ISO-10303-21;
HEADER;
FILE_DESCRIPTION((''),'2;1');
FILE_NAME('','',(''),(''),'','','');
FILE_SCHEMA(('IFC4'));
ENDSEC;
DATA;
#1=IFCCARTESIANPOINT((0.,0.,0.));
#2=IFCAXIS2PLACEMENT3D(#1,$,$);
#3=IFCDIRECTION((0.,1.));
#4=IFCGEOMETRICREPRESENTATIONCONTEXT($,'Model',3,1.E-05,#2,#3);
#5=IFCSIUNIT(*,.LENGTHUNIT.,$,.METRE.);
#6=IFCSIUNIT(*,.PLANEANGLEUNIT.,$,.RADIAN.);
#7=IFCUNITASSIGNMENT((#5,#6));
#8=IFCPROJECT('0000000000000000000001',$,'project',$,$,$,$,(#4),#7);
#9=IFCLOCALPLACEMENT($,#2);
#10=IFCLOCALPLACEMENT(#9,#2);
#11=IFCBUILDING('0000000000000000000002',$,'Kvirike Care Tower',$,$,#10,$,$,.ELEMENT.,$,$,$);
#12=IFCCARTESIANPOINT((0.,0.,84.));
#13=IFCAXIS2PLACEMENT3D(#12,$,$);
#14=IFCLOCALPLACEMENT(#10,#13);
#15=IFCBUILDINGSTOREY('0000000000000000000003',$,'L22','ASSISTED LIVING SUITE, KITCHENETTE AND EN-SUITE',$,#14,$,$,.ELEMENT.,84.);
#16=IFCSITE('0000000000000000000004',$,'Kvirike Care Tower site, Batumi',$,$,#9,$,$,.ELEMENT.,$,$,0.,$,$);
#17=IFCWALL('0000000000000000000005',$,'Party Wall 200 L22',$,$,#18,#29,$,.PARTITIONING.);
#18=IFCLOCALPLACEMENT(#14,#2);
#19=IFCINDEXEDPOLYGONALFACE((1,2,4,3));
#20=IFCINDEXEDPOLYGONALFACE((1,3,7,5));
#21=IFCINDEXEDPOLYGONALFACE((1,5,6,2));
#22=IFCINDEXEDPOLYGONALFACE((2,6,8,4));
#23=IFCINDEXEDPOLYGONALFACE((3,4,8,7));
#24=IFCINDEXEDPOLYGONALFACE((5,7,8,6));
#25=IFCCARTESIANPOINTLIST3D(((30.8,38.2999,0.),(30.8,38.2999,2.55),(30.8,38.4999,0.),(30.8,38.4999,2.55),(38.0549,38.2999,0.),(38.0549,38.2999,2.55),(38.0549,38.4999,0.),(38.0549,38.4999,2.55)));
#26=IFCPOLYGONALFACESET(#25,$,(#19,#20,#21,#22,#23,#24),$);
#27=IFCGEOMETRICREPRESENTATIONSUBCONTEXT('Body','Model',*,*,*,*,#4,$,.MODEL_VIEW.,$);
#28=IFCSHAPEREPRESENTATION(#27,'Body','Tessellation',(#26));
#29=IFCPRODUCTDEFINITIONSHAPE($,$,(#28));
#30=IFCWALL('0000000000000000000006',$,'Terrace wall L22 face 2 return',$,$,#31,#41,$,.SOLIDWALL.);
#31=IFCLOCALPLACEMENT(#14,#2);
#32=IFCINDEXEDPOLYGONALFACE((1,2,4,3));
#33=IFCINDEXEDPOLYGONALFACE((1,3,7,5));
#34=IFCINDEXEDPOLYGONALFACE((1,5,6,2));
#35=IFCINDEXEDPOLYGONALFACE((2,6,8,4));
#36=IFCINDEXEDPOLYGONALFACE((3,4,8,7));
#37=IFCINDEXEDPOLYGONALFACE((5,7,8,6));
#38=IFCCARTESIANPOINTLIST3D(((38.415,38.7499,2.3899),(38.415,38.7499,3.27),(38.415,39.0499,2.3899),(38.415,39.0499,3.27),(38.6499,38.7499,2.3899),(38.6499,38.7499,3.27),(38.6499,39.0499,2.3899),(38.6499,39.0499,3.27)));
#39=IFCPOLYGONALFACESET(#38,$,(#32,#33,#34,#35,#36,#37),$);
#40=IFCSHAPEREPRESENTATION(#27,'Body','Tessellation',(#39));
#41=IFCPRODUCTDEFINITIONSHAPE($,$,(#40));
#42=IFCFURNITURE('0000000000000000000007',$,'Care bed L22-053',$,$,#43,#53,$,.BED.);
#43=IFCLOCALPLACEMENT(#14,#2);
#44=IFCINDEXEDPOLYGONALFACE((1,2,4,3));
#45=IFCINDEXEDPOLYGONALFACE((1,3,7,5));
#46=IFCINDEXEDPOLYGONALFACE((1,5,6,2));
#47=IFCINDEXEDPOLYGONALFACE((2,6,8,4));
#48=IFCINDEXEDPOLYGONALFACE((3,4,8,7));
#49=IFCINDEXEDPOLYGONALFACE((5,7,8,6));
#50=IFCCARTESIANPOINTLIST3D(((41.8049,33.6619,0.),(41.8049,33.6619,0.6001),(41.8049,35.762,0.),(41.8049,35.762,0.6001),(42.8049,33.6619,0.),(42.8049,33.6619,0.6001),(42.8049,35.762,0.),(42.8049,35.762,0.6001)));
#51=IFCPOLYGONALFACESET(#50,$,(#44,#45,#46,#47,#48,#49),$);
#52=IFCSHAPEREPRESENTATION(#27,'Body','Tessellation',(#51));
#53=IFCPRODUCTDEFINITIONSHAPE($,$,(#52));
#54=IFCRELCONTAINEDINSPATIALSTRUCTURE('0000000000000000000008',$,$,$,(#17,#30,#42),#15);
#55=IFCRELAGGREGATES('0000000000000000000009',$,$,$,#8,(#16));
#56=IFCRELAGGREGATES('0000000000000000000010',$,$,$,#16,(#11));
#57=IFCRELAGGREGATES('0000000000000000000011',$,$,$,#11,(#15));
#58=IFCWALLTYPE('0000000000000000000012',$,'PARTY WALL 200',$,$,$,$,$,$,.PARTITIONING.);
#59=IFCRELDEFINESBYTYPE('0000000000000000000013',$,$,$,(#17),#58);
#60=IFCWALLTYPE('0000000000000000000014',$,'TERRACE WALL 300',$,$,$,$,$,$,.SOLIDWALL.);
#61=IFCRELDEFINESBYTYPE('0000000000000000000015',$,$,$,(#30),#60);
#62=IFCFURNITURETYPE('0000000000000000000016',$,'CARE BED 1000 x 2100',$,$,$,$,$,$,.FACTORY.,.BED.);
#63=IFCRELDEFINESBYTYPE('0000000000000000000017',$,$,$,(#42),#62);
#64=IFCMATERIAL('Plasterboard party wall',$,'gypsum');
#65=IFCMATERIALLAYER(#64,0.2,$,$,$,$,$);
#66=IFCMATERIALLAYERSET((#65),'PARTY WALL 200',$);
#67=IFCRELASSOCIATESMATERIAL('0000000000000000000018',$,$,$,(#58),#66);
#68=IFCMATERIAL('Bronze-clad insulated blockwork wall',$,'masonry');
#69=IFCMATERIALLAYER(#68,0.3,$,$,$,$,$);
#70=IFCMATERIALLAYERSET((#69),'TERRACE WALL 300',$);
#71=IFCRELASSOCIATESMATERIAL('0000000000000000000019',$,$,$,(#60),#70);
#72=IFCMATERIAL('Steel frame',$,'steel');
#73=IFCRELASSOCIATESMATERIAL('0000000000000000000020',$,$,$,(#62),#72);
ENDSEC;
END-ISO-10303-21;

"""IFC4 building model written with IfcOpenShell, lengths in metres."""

from ifc_helpers import new_model, si_unit, direction, frame, frame_2d, origin, origin_2d, place, context, subcontext, project, spatial, rectangle, extrude, material, layer, layer_set, type_object, element, save


model = new_model("IFC4")

# Units and contexts
model_context = context("Model", 3, precision=1e-05, world=origin(), true_north=direction((0.0, 1.0)))
body_context = subcontext(model_context, "Body", "Model", "MODEL_VIEW")
ifc_project = project(units=[si_unit("LENGTHUNIT", "METRE"), si_unit("PLANEANGLEUNIT", "RADIAN")], contexts=[model_context])

# Site, building, storey
site_placement = place(None, origin())
site = spatial("IfcSite", under=ifc_project, at=site_placement, Name="Kvirike Care Tower site, Batumi", CompositionType="ELEMENT", RefElevation=0.0)
building_placement = place(site_placement, origin())
building = spatial("IfcBuilding", under=site, at=building_placement, Name="Kvirike Care Tower", CompositionType="ELEMENT")
storey_placement = place(building_placement, frame((0.0, 0.0, 84.0)))
storey = spatial("IfcBuildingStorey", under=building, at=storey_placement, Name="L22", Description="ASSISTED LIVING SUITE, KITCHENETTE AND EN-SUITE", CompositionType="ELEMENT", Elevation=84.0)

# Wall
ifc_material_1 = material(Name="Plasterboard party wall", Category="gypsum")
ifc_layer_1 = layer(ifc_material_1, 0.2)
ifc_layer_set_1 = layer_set([ifc_layer_1], Name="PARTY WALL 200")
wall_type_1 = type_object("IfcWallType", Name="PARTY WALL 200", PredefinedType="PARTITIONING", material=ifc_layer_set_1)
wall_1_placement = place(storey_placement, frame((38.0549, 38.3999, 0.0), z_axis=(0.0, 0.0, 1.0), x_axis=(-1.0, 0.0, 0.0)))
element("IfcWall", 1, at=wall_1_placement, inside=storey, type_object=wall_type_1, Name="Party Wall 200 L22", PredefinedType="PARTITIONING", context=body_context, shape_type="SweptSolid", body=[
    extrude(rectangle(XDim=7.2549, YDim=0.2, at=frame_2d((3.6274, 0.0))), origin(), (0.0, 0.0, 1.0), 2.55),
])

# Shared definitions
ifc_material_2 = material(Name="Bronze-clad insulated blockwork wall", Category="masonry")
ifc_layer_2 = layer(ifc_material_2, 0.3)
ifc_layer_set_2 = layer_set([ifc_layer_2], Name="TERRACE WALL 300")
wall_type_2 = type_object("IfcWallType", Name="TERRACE WALL 300", PredefinedType="SOLIDWALL", material=ifc_layer_set_2)

# Wall
wall_2_placement = place(storey_placement, frame((38.6499, 38.8999, 2.3899), z_axis=(0.0, 0.0, 1.0), x_axis=(-1.0, 0.0, 0.0)))
element("IfcWall", 2, at=wall_2_placement, inside=storey, type_object=wall_type_2, Name="Terrace wall L22 face 2 return", PredefinedType="SOLIDWALL", context=body_context, shape_type="SweptSolid", body=[
    extrude(rectangle(XDim=0.2349, YDim=0.3, at=frame_2d((0.1174, 0.0))), origin(), (0.0, 0.0, 1.0), 0.8801),
])

# Furniture
ifc_material_3 = material(Name="Steel frame", Category="steel")
furniture_type = type_object("IfcFurnitureType", Name="CARE BED 1000 x 2100", AssemblyPlace="FACTORY", PredefinedType="BED", material=ifc_material_3)
furniture_placement = place(storey_placement, frame((42.3049, 34.7119, 0.0), z_axis=(0.0, 0.0, 1.0), x_axis=(-1.0, 0.0, 0.0)))
element("IfcFurniture", 3, at=furniture_placement, inside=storey, type_object=furniture_type, Name="Care bed L22-053", PredefinedType="BED", context=body_context, shape_type="SweptSolid", body=[
    extrude(rectangle(XDim=1.0, YDim=2.1001, at=origin_2d()), origin(), (0.0, 0.0, 1.0), 0.6001),
])

save(model, "model.ifc")
